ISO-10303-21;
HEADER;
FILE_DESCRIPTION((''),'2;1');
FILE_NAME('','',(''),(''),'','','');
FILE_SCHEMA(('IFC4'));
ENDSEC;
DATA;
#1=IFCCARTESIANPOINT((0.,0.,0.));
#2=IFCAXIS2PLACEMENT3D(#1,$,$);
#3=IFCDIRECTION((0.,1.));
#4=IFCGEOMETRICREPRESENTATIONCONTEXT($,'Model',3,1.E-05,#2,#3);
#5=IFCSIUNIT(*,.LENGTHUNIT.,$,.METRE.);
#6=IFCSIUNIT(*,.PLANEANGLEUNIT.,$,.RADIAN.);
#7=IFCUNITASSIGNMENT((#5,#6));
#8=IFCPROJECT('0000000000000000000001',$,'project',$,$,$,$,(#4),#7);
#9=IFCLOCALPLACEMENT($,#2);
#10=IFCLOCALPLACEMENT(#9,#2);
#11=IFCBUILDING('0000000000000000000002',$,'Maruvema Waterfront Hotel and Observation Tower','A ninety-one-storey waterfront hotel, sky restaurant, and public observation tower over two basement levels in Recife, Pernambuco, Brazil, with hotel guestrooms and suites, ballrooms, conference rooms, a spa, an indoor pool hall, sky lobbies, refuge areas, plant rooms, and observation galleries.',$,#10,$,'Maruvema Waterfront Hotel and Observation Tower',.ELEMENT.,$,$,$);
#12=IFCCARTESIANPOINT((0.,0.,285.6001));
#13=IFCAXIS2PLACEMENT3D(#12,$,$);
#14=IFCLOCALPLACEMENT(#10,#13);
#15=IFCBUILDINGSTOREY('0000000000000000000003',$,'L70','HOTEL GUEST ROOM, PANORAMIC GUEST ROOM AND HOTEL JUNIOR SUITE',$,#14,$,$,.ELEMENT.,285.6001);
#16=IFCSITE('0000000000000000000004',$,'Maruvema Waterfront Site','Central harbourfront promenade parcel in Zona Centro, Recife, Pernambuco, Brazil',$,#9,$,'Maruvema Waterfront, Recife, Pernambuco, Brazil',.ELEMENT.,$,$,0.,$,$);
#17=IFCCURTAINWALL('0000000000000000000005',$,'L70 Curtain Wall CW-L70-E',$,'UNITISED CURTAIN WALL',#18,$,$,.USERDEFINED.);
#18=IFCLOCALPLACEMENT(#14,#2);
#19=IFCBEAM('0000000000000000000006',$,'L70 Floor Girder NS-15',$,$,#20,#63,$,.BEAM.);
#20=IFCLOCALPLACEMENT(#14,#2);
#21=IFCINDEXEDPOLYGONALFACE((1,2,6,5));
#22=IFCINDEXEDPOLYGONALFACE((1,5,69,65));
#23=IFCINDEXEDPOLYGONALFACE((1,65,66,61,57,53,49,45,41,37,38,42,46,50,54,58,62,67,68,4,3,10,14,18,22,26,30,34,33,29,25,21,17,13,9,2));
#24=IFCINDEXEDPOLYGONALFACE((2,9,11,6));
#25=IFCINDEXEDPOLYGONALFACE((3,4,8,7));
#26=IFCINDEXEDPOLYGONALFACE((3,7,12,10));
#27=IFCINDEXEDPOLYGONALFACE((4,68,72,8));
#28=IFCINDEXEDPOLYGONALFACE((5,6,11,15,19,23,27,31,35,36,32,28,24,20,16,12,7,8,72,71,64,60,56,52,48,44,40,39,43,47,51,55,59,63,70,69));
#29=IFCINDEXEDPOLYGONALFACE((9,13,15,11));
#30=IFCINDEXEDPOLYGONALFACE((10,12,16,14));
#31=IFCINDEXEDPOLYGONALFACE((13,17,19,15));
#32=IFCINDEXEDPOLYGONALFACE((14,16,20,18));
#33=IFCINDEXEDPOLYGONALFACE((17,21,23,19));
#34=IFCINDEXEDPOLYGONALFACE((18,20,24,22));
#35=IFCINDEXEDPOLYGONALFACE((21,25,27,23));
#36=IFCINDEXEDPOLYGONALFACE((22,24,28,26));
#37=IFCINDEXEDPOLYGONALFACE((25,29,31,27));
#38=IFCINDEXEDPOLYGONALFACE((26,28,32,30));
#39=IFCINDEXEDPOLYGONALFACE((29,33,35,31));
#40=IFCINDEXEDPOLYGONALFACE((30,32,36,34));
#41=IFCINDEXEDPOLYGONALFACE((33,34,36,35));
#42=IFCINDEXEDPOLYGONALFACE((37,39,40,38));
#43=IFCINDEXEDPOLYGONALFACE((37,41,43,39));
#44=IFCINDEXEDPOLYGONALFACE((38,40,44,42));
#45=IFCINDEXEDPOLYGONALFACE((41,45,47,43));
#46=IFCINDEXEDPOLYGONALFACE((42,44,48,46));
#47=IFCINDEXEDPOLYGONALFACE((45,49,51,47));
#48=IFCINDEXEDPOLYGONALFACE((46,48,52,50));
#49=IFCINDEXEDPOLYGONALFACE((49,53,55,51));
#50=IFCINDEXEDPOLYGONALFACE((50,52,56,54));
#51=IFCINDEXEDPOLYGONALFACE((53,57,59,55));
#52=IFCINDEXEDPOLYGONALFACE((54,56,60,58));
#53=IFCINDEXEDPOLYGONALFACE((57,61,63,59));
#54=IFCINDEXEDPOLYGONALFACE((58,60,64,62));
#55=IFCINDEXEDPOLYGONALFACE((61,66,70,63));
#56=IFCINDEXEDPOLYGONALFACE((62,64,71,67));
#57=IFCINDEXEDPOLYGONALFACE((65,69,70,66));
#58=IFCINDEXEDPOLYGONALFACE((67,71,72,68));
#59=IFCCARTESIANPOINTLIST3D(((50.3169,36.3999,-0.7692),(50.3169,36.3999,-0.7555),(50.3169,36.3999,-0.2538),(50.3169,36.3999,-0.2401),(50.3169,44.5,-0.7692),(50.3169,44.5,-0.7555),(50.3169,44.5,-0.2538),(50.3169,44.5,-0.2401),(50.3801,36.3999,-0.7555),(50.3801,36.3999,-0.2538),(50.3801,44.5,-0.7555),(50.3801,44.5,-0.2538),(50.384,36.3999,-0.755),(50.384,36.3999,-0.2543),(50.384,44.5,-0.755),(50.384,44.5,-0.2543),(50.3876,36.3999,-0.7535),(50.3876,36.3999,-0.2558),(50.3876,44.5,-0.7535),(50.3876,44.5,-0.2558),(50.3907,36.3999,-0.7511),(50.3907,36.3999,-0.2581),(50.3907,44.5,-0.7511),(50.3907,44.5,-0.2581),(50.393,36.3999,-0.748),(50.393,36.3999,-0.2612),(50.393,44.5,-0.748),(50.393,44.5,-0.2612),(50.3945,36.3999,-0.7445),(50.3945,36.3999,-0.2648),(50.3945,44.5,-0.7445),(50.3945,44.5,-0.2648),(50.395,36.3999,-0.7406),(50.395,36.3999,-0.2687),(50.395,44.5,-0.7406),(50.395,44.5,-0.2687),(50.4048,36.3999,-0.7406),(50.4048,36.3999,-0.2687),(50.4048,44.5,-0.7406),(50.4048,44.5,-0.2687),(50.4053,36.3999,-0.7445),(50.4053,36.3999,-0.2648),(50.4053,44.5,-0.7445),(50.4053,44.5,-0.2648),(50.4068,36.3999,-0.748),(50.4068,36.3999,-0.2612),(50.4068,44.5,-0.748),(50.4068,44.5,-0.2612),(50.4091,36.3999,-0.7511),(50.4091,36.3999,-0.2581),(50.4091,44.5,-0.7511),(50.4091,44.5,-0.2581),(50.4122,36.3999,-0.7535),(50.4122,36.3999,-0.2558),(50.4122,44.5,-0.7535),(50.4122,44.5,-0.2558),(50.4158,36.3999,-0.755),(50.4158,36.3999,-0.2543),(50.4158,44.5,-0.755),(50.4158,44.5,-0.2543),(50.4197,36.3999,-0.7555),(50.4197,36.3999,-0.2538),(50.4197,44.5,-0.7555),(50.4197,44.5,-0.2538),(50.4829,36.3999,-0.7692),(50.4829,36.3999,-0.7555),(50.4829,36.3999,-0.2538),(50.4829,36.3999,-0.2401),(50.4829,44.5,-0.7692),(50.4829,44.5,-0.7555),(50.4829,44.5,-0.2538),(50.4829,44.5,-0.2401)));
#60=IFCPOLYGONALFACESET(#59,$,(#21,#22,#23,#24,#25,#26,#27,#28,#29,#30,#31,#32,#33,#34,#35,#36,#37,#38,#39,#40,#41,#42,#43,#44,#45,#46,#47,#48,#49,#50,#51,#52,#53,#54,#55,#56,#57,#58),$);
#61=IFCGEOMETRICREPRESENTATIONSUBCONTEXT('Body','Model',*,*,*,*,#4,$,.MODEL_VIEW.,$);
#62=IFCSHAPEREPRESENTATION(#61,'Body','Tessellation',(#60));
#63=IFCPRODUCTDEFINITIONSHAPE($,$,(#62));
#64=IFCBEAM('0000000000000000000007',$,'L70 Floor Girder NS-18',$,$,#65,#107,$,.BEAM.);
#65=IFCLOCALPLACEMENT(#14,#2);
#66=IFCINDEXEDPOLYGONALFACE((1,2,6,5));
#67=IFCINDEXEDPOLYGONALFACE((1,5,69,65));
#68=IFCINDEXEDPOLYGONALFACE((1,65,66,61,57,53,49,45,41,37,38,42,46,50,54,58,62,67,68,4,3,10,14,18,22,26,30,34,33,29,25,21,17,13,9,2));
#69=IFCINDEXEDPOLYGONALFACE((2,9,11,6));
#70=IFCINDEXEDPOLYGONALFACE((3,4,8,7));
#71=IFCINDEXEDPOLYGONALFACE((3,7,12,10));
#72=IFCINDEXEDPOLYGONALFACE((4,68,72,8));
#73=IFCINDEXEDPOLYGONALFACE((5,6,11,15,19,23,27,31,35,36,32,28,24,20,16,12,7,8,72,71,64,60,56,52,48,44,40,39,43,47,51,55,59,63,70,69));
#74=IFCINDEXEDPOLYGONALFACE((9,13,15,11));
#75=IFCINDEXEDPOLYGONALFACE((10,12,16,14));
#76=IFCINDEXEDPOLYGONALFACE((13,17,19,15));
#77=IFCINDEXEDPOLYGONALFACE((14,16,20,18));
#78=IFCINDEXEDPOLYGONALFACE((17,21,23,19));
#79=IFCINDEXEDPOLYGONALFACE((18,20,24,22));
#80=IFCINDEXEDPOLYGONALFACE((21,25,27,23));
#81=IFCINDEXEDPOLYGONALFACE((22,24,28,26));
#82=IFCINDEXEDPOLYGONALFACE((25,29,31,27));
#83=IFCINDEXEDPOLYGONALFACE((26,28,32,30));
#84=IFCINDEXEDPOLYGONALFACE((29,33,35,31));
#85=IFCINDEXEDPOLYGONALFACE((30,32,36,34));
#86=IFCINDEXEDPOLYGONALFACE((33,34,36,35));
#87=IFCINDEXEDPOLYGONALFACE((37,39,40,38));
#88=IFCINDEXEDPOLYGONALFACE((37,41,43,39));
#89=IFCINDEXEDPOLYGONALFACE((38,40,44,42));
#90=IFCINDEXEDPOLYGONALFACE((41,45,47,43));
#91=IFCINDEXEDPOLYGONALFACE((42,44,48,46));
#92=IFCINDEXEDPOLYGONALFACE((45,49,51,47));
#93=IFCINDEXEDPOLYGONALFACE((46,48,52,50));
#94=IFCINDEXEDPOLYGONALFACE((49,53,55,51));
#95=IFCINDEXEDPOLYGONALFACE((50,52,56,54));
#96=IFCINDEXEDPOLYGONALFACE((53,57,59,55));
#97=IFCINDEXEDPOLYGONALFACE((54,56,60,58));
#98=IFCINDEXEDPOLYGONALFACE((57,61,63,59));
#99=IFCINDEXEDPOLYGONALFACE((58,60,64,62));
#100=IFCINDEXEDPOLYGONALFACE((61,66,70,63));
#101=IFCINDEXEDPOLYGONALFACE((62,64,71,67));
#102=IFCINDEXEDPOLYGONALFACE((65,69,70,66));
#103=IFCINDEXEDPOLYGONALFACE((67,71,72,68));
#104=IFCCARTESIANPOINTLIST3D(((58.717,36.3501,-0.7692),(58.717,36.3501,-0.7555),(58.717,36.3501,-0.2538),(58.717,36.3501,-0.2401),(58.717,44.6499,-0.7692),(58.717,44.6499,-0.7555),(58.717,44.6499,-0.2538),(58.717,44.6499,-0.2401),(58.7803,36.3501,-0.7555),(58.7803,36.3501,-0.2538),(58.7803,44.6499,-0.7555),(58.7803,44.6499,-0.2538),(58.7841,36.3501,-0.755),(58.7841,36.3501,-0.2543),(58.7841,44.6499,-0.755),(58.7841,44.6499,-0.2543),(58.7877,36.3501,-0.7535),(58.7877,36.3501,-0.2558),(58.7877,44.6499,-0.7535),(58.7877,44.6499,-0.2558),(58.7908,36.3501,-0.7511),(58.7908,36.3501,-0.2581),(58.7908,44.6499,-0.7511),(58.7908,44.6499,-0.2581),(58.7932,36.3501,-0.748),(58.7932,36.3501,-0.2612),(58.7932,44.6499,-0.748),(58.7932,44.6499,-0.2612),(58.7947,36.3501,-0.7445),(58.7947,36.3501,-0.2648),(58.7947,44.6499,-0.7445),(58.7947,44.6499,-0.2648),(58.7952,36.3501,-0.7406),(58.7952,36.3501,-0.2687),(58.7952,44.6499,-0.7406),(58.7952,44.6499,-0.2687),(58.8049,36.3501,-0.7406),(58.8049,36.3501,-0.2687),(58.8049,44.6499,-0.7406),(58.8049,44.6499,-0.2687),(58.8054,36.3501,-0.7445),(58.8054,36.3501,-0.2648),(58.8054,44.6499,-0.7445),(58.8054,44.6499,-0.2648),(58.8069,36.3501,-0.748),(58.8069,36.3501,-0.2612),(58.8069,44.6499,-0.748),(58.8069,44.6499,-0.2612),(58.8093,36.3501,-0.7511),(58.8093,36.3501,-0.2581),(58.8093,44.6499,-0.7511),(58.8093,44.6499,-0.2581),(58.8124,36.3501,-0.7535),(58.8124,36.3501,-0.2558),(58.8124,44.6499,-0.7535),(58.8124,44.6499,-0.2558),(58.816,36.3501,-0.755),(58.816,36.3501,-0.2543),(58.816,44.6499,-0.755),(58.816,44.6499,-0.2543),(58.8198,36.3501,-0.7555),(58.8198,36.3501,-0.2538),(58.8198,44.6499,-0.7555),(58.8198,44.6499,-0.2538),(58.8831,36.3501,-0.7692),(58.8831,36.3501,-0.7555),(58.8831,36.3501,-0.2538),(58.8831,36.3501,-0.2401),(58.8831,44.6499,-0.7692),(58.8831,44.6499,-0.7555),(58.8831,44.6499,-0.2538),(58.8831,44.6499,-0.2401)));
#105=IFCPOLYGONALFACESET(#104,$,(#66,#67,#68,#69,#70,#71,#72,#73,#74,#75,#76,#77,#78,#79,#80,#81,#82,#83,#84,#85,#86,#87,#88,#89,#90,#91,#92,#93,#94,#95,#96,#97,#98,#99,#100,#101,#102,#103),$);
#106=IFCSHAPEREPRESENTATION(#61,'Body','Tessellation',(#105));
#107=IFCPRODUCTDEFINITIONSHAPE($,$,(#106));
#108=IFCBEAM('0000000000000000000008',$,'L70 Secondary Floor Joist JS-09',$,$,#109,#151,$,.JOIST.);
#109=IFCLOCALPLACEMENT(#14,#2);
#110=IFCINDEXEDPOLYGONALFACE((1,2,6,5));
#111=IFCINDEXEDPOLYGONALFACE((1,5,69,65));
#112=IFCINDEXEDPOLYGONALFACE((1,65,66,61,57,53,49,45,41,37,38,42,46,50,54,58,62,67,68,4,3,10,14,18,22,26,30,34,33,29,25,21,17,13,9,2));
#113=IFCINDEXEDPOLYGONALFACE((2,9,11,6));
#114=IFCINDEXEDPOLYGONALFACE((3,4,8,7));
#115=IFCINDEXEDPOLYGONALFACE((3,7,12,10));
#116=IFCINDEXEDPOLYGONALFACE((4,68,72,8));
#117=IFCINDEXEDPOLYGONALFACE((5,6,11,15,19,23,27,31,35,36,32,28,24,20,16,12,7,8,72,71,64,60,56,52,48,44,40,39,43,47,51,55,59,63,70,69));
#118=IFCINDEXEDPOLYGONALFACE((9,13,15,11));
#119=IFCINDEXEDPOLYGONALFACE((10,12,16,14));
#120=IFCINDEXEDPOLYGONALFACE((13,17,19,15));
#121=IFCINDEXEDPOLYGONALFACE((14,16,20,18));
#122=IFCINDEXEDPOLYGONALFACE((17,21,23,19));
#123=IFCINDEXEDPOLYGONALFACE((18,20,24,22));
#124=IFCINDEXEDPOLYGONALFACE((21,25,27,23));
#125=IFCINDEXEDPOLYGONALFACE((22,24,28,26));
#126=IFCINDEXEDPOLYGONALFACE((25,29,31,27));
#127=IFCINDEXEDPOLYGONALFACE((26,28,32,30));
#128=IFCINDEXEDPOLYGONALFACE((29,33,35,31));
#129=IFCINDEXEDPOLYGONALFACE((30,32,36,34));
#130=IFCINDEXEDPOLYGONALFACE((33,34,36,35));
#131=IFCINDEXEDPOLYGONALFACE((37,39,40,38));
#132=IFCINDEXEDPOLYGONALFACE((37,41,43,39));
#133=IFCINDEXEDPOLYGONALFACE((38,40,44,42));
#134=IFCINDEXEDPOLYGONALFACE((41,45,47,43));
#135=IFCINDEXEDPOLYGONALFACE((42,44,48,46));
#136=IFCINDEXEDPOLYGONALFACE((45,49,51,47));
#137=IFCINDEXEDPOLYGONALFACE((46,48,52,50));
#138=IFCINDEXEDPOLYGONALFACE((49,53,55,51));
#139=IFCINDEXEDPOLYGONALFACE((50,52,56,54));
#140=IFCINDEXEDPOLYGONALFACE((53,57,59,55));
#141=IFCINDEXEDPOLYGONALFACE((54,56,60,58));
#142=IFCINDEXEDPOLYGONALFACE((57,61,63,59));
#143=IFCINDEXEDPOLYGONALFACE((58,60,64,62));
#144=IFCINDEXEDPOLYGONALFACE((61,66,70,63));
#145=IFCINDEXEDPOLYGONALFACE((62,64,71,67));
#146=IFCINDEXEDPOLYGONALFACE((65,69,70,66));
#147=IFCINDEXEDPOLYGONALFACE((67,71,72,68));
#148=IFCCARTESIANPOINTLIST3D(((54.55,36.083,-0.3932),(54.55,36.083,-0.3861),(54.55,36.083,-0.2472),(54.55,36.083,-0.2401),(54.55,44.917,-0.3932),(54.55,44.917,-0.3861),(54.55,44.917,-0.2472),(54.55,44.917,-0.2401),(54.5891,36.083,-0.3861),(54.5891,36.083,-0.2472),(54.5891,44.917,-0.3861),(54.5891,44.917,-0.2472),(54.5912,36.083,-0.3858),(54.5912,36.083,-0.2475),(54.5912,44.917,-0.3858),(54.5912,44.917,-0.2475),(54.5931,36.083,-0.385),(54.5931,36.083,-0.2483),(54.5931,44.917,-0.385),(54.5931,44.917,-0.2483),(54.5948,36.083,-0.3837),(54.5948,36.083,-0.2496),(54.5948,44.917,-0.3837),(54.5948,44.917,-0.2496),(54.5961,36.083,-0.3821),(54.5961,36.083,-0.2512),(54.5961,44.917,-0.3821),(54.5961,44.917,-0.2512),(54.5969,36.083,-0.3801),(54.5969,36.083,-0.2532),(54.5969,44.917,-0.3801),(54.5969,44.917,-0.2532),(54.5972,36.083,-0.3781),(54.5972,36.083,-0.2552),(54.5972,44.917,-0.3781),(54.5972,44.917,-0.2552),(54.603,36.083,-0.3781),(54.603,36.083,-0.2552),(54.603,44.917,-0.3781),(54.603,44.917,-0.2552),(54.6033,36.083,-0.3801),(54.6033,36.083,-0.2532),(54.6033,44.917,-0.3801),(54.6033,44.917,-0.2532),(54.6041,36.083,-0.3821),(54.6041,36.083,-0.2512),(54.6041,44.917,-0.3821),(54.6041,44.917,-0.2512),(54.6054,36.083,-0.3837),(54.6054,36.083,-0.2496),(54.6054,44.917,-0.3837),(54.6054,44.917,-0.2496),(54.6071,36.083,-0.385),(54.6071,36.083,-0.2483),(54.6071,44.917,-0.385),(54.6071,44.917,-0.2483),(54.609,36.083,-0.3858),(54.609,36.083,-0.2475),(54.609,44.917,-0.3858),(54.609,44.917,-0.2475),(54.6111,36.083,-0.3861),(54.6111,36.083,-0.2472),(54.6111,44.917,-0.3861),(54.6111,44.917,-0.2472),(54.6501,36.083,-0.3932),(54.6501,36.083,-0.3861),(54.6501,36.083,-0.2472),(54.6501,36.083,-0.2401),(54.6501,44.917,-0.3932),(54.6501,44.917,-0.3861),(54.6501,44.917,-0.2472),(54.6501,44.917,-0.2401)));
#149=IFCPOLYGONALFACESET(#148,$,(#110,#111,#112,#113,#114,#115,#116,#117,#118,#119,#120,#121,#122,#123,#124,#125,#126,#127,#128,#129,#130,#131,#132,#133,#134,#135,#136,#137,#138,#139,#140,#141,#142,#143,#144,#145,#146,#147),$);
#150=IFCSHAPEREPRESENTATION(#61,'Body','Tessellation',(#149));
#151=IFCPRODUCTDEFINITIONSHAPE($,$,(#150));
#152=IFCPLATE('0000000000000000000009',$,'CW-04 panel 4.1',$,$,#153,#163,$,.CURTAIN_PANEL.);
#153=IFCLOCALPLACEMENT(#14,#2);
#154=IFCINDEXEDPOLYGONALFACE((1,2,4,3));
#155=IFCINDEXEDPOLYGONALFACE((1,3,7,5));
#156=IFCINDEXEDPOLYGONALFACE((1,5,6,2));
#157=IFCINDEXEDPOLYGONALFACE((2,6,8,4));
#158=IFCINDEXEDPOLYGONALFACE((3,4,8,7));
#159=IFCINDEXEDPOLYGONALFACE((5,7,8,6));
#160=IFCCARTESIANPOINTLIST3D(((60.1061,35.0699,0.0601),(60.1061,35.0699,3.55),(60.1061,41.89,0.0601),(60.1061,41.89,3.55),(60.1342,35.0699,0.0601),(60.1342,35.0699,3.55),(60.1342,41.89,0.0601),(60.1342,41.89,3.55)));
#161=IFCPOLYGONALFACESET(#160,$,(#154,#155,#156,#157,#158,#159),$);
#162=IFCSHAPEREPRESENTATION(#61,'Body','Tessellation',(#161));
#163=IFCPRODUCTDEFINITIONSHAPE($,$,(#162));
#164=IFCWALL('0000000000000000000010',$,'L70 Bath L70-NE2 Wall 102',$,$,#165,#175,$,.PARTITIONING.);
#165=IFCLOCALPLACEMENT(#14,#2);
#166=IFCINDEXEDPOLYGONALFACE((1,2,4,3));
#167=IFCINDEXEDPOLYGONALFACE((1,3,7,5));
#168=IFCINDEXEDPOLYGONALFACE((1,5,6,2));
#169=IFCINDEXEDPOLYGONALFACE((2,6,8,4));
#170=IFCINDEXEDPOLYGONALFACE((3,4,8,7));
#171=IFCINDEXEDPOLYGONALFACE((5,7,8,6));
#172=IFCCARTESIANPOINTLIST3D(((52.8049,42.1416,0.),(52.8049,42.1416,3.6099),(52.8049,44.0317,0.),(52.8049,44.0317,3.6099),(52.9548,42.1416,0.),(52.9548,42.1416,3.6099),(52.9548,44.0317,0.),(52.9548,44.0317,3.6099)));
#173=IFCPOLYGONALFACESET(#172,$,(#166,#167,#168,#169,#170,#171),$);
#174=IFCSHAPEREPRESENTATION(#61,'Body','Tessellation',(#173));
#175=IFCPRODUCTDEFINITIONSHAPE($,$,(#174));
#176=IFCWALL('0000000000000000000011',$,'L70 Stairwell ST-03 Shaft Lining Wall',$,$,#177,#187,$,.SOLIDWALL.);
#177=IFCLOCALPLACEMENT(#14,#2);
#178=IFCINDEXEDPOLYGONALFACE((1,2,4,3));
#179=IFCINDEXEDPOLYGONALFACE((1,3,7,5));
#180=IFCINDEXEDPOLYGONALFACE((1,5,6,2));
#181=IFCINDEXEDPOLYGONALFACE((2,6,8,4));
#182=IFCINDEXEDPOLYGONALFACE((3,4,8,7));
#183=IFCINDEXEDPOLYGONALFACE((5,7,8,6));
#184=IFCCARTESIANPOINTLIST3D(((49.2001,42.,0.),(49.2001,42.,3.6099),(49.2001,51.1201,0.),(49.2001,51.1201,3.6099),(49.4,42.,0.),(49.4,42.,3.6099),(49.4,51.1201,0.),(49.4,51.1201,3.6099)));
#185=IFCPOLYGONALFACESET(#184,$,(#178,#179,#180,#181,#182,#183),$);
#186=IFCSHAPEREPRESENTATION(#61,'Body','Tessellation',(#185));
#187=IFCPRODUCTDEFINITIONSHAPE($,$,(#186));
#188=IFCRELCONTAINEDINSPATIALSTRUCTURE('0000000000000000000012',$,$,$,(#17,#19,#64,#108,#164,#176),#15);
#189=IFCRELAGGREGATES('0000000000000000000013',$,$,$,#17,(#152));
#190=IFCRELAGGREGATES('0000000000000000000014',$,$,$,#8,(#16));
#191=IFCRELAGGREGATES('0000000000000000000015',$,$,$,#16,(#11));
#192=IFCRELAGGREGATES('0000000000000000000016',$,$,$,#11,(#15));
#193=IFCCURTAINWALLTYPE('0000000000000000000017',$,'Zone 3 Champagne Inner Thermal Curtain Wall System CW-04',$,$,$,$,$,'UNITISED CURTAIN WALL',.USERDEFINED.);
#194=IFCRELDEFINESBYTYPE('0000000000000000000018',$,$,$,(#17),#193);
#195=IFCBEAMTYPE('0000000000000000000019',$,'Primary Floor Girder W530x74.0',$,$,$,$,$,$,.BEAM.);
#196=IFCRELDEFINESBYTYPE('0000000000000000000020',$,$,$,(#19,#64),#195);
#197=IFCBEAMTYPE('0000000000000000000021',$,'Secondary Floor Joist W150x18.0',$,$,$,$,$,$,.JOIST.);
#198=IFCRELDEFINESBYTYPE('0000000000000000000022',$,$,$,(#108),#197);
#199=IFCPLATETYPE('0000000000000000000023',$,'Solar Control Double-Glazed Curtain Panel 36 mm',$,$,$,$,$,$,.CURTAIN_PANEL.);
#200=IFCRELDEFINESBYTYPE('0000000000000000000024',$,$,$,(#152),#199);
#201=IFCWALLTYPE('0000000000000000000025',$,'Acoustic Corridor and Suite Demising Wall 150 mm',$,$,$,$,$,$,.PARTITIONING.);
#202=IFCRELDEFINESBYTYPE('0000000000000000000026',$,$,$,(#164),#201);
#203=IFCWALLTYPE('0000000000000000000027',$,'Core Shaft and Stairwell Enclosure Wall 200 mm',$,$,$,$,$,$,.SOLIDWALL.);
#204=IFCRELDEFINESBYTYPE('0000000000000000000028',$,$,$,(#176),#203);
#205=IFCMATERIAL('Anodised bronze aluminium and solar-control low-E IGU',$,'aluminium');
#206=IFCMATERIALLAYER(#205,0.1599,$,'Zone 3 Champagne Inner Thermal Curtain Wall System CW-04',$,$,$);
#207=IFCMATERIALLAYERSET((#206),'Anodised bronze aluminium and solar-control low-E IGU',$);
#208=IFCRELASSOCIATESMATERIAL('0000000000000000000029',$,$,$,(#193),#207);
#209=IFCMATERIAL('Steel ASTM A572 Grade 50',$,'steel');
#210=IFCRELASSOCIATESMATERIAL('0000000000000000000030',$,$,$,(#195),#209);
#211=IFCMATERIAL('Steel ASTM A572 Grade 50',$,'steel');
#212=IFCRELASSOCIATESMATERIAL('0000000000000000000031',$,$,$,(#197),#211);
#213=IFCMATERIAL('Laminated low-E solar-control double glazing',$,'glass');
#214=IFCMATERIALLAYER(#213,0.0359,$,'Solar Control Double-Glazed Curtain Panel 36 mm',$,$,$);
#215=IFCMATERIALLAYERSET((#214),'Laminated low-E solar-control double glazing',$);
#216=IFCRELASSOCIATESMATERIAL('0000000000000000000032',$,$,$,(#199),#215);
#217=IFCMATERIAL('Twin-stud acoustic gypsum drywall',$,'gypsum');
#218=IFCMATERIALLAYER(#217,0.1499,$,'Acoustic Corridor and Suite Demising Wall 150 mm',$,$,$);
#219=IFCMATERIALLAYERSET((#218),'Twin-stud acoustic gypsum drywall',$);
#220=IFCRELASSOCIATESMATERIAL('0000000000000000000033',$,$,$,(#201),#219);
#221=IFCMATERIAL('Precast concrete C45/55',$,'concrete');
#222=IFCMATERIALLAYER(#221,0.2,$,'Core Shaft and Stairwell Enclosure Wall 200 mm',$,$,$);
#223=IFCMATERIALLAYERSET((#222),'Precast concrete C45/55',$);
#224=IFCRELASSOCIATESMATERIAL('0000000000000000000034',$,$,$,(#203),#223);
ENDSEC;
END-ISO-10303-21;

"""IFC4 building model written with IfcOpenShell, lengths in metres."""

from ifc_helpers import new_model, si_unit, direction, frame, frame_2d, origin, origin_2d, place, context, subcontext, project, spatial, rectangle, i_section, extrude, material, layer, layer_set, material_profile, profile_set, type_object, element, aggregate, save


model = new_model("IFC4")

# Units and contexts
model_context = context("Model", 3, precision=1e-05, world=origin(), true_north=direction((0.0, 1.0)))
body_context = subcontext(model_context, "Body", "Model", "MODEL_VIEW")
ifc_project = project(units=[si_unit("LENGTHUNIT", "METRE"), si_unit("PLANEANGLEUNIT", "RADIAN")], contexts=[model_context])

# Site, building, storey
site_placement = place(None, origin())
site = spatial("IfcSite", under=ifc_project, at=site_placement, Name="Maruvema Waterfront Site", Description="Central harbourfront promenade parcel in Zona Centro, Recife, Pernambuco, Brazil", LongName="Maruvema Waterfront, Recife, Pernambuco, Brazil", CompositionType="ELEMENT", RefElevation=0.0)
building_placement = place(site_placement, origin())
building = spatial("IfcBuilding", under=site, at=building_placement, Name="Maruvema Waterfront Hotel and Observation Tower", Description="A ninety-one-storey waterfront hotel, sky restaurant, and public observation tower over two basement levels in Recife, Pernambuco, Brazil, with hotel guestrooms and suites, ballrooms, conference rooms, a spa, an indoor pool hall, sky lobbies, refuge areas, plant rooms, and observation galleries.", LongName="Maruvema Waterfront Hotel and Observation Tower", CompositionType="ELEMENT")
storey_placement = place(building_placement, frame((0.0, 0.0, 285.6001)))
storey = spatial("IfcBuildingStorey", under=building, at=storey_placement, Name="L70", Description="HOTEL GUEST ROOM, PANORAMIC GUEST ROOM AND HOTEL JUNIOR SUITE", CompositionType="ELEMENT", Elevation=285.6001)

# Curtain wall
ifc_material_1 = material(Name="Anodised bronze aluminium and solar-control low-E IGU", Category="aluminium")
ifc_layer_1 = layer(ifc_material_1, 0.1599, Name="Zone 3 Champagne Inner Thermal Curtain Wall System CW-04")
ifc_layer_set_1 = layer_set([ifc_layer_1], Name="Anodised bronze aluminium and solar-control low-E IGU")
curtain_wall_type = type_object("IfcCurtainWallType", Name="Zone 3 Champagne Inner Thermal Curtain Wall System CW-04", ElementType="UNITISED CURTAIN WALL", PredefinedType="USERDEFINED", material=ifc_layer_set_1)
curtain_wall_placement = place(storey_placement, origin())
curtain_wall = element("IfcCurtainWall", 1, at=curtain_wall_placement, inside=storey, type_object=curtain_wall_type, Name="L70 Curtain Wall CW-L70-E", ObjectType="UNITISED CURTAIN WALL", PredefinedType="USERDEFINED")

# Beams
ifc_material_2 = material(Name="Steel ASTM A572 Grade 50", Category="steel")
ifc_material_profile_1 = material_profile(ifc_material_2, i_section(OverallWidth=0.166, OverallDepth=0.5291, WebThickness=0.0098, FlangeThickness=0.0137, FilletRadius=0.0149, at=origin_2d()), Name="W530x74.0")
ifc_profile_set_1 = profile_set([ifc_material_profile_1], Name="Steel ASTM A572 Grade 50")
beam_type_1 = type_object("IfcBeamType", Name="Primary Floor Girder W530x74.0", PredefinedType="BEAM", material=ifc_profile_set_1)
beam_1_placement = place(storey_placement, frame((50.3999, 36.3999, -0.5046), z_axis=(0.0, 1.0, 0.0), x_axis=(-1.0, 0.0, 0.0)))
element("IfcBeam", 2, at=beam_1_placement, inside=storey, type_object=beam_type_1, Name="L70 Floor Girder NS-15", PredefinedType="BEAM", context=body_context, shape_type="SweptSolid", body=[
    extrude(i_section(OverallWidth=0.166, OverallDepth=0.5291, WebThickness=0.0098, FlangeThickness=0.0137, FilletRadius=0.0149, at=origin_2d()), origin(), (0.0, 0.0, 1.0), 8.1001),
])
beam_2_placement = place(storey_placement, frame((58.8, 36.3501, -0.5046), z_axis=(0.0, 1.0, 0.0), x_axis=(-1.0, 0.0, 0.0)))
element("IfcBeam", 3, at=beam_2_placement, inside=storey, type_object=beam_type_1, Name="L70 Floor Girder NS-18", PredefinedType="BEAM", context=body_context, shape_type="SweptSolid", body=[
    extrude(i_section(OverallWidth=0.166, OverallDepth=0.5291, WebThickness=0.0098, FlangeThickness=0.0137, FilletRadius=0.0149, at=origin_2d()), origin(), (0.0, 0.0, 1.0), 8.2998),
])
ifc_material_3 = material(Name="Steel ASTM A572 Grade 50", Category="steel")
ifc_material_profile_2 = material_profile(ifc_material_3, i_section(OverallWidth=0.1001, OverallDepth=0.1531, WebThickness=0.0059, FlangeThickness=0.0071, FilletRadius=0.0081, at=origin_2d()), Name="W150x18.0")
ifc_profile_set_2 = profile_set([ifc_material_profile_2], Name="Steel ASTM A572 Grade 50")
beam_type_2 = type_object("IfcBeamType", Name="Secondary Floor Joist W150x18.0", PredefinedType="JOIST", material=ifc_profile_set_2)
beam_3_placement = place(storey_placement, frame((54.6001, 36.083, -0.3167), z_axis=(0.0, 1.0, 0.0), x_axis=(-1.0, 0.0, 0.0)))
element("IfcBeam", 4, at=beam_3_placement, inside=storey, type_object=beam_type_2, Name="L70 Secondary Floor Joist JS-09", PredefinedType="JOIST", context=body_context, shape_type="SweptSolid", body=[
    extrude(i_section(OverallWidth=0.1001, OverallDepth=0.1531, WebThickness=0.0059, FlangeThickness=0.0071, FilletRadius=0.0081, at=origin_2d()), origin(), (0.0, 0.0, 1.0), 8.834),
])

# Plate
ifc_material_4 = material(Name="Laminated low-E solar-control double glazing", Category="glass")
ifc_layer_2 = layer(ifc_material_4, 0.0359, Name="Solar Control Double-Glazed Curtain Panel 36 mm")
ifc_layer_set_2 = layer_set([ifc_layer_2], Name="Laminated low-E solar-control double glazing")
plate_type = type_object("IfcPlateType", Name="Solar Control Double-Glazed Curtain Panel 36 mm", PredefinedType="CURTAIN_PANEL", material=ifc_layer_set_2)
plate_placement = place(storey_placement, frame((60.1201, 38.48, 0.0601), z_axis=(0.0, 0.0, 1.0), x_axis=(0.0, 1.0, 0.0)))
plate = element("IfcPlate", 5, at=plate_placement, type_object=plate_type, Name="CW-04 panel 4.1", PredefinedType="CURTAIN_PANEL", context=body_context, shape_type="SweptSolid", body=[
    extrude(rectangle(XDim=6.8201, YDim=0.0281, at=origin_2d()), origin(), (0.0, 0.0, 1.0), 3.49),
])
aggregate(curtain_wall, [plate])

# Shared definitions
ifc_material_5 = material(Name="Twin-stud acoustic gypsum drywall", Category="gypsum")
ifc_layer_3 = layer(ifc_material_5, 0.1499, Name="Acoustic Corridor and Suite Demising Wall 150 mm")
ifc_layer_set_3 = layer_set([ifc_layer_3], Name="Twin-stud acoustic gypsum drywall")
wall_type_1 = type_object("IfcWallType", Name="Acoustic Corridor and Suite Demising Wall 150 mm", PredefinedType="PARTITIONING", material=ifc_layer_set_3)

# Walls
wall_1_placement = place(storey_placement, frame((52.8799, 42.1416, 0.0), z_axis=(0.0, 0.0, 1.0), x_axis=(0.0, 1.0, 0.0)))
element("IfcWall", 6, at=wall_1_placement, inside=storey, type_object=wall_type_1, Name="L70 Bath L70-NE2 Wall 102", PredefinedType="PARTITIONING", context=body_context, shape_type="SweptSolid", body=[
    extrude(rectangle(XDim=1.8901, YDim=0.1499, at=frame_2d((0.9451, 0.0))), origin(), (0.0, 0.0, 1.0), 3.6099),
])
ifc_material_6 = material(Name="Precast concrete C45/55", Category="concrete")
ifc_layer_4 = layer(ifc_material_6, 0.2, Name="Core Shaft and Stairwell Enclosure Wall 200 mm")
ifc_layer_set_4 = layer_set([ifc_layer_4], Name="Precast concrete C45/55")
wall_type_2 = type_object("IfcWallType", Name="Core Shaft and Stairwell Enclosure Wall 200 mm", PredefinedType="SOLIDWALL", material=ifc_layer_set_4)
wall_2_placement = place(storey_placement, frame((49.3, 42.0, 0.0), z_axis=(0.0, 0.0, 1.0), x_axis=(0.0, 1.0, 0.0)))
element("IfcWall", 7, at=wall_2_placement, inside=storey, type_object=wall_type_2, Name="L70 Stairwell ST-03 Shaft Lining Wall", PredefinedType="SOLIDWALL", context=body_context, shape_type="SweptSolid", body=[
    extrude(rectangle(XDim=9.1201, YDim=0.2, at=frame_2d((4.5601, 0.0))), origin(), (0.0, 0.0, 1.0), 3.6099),
])

save(model, "model.ifc")
